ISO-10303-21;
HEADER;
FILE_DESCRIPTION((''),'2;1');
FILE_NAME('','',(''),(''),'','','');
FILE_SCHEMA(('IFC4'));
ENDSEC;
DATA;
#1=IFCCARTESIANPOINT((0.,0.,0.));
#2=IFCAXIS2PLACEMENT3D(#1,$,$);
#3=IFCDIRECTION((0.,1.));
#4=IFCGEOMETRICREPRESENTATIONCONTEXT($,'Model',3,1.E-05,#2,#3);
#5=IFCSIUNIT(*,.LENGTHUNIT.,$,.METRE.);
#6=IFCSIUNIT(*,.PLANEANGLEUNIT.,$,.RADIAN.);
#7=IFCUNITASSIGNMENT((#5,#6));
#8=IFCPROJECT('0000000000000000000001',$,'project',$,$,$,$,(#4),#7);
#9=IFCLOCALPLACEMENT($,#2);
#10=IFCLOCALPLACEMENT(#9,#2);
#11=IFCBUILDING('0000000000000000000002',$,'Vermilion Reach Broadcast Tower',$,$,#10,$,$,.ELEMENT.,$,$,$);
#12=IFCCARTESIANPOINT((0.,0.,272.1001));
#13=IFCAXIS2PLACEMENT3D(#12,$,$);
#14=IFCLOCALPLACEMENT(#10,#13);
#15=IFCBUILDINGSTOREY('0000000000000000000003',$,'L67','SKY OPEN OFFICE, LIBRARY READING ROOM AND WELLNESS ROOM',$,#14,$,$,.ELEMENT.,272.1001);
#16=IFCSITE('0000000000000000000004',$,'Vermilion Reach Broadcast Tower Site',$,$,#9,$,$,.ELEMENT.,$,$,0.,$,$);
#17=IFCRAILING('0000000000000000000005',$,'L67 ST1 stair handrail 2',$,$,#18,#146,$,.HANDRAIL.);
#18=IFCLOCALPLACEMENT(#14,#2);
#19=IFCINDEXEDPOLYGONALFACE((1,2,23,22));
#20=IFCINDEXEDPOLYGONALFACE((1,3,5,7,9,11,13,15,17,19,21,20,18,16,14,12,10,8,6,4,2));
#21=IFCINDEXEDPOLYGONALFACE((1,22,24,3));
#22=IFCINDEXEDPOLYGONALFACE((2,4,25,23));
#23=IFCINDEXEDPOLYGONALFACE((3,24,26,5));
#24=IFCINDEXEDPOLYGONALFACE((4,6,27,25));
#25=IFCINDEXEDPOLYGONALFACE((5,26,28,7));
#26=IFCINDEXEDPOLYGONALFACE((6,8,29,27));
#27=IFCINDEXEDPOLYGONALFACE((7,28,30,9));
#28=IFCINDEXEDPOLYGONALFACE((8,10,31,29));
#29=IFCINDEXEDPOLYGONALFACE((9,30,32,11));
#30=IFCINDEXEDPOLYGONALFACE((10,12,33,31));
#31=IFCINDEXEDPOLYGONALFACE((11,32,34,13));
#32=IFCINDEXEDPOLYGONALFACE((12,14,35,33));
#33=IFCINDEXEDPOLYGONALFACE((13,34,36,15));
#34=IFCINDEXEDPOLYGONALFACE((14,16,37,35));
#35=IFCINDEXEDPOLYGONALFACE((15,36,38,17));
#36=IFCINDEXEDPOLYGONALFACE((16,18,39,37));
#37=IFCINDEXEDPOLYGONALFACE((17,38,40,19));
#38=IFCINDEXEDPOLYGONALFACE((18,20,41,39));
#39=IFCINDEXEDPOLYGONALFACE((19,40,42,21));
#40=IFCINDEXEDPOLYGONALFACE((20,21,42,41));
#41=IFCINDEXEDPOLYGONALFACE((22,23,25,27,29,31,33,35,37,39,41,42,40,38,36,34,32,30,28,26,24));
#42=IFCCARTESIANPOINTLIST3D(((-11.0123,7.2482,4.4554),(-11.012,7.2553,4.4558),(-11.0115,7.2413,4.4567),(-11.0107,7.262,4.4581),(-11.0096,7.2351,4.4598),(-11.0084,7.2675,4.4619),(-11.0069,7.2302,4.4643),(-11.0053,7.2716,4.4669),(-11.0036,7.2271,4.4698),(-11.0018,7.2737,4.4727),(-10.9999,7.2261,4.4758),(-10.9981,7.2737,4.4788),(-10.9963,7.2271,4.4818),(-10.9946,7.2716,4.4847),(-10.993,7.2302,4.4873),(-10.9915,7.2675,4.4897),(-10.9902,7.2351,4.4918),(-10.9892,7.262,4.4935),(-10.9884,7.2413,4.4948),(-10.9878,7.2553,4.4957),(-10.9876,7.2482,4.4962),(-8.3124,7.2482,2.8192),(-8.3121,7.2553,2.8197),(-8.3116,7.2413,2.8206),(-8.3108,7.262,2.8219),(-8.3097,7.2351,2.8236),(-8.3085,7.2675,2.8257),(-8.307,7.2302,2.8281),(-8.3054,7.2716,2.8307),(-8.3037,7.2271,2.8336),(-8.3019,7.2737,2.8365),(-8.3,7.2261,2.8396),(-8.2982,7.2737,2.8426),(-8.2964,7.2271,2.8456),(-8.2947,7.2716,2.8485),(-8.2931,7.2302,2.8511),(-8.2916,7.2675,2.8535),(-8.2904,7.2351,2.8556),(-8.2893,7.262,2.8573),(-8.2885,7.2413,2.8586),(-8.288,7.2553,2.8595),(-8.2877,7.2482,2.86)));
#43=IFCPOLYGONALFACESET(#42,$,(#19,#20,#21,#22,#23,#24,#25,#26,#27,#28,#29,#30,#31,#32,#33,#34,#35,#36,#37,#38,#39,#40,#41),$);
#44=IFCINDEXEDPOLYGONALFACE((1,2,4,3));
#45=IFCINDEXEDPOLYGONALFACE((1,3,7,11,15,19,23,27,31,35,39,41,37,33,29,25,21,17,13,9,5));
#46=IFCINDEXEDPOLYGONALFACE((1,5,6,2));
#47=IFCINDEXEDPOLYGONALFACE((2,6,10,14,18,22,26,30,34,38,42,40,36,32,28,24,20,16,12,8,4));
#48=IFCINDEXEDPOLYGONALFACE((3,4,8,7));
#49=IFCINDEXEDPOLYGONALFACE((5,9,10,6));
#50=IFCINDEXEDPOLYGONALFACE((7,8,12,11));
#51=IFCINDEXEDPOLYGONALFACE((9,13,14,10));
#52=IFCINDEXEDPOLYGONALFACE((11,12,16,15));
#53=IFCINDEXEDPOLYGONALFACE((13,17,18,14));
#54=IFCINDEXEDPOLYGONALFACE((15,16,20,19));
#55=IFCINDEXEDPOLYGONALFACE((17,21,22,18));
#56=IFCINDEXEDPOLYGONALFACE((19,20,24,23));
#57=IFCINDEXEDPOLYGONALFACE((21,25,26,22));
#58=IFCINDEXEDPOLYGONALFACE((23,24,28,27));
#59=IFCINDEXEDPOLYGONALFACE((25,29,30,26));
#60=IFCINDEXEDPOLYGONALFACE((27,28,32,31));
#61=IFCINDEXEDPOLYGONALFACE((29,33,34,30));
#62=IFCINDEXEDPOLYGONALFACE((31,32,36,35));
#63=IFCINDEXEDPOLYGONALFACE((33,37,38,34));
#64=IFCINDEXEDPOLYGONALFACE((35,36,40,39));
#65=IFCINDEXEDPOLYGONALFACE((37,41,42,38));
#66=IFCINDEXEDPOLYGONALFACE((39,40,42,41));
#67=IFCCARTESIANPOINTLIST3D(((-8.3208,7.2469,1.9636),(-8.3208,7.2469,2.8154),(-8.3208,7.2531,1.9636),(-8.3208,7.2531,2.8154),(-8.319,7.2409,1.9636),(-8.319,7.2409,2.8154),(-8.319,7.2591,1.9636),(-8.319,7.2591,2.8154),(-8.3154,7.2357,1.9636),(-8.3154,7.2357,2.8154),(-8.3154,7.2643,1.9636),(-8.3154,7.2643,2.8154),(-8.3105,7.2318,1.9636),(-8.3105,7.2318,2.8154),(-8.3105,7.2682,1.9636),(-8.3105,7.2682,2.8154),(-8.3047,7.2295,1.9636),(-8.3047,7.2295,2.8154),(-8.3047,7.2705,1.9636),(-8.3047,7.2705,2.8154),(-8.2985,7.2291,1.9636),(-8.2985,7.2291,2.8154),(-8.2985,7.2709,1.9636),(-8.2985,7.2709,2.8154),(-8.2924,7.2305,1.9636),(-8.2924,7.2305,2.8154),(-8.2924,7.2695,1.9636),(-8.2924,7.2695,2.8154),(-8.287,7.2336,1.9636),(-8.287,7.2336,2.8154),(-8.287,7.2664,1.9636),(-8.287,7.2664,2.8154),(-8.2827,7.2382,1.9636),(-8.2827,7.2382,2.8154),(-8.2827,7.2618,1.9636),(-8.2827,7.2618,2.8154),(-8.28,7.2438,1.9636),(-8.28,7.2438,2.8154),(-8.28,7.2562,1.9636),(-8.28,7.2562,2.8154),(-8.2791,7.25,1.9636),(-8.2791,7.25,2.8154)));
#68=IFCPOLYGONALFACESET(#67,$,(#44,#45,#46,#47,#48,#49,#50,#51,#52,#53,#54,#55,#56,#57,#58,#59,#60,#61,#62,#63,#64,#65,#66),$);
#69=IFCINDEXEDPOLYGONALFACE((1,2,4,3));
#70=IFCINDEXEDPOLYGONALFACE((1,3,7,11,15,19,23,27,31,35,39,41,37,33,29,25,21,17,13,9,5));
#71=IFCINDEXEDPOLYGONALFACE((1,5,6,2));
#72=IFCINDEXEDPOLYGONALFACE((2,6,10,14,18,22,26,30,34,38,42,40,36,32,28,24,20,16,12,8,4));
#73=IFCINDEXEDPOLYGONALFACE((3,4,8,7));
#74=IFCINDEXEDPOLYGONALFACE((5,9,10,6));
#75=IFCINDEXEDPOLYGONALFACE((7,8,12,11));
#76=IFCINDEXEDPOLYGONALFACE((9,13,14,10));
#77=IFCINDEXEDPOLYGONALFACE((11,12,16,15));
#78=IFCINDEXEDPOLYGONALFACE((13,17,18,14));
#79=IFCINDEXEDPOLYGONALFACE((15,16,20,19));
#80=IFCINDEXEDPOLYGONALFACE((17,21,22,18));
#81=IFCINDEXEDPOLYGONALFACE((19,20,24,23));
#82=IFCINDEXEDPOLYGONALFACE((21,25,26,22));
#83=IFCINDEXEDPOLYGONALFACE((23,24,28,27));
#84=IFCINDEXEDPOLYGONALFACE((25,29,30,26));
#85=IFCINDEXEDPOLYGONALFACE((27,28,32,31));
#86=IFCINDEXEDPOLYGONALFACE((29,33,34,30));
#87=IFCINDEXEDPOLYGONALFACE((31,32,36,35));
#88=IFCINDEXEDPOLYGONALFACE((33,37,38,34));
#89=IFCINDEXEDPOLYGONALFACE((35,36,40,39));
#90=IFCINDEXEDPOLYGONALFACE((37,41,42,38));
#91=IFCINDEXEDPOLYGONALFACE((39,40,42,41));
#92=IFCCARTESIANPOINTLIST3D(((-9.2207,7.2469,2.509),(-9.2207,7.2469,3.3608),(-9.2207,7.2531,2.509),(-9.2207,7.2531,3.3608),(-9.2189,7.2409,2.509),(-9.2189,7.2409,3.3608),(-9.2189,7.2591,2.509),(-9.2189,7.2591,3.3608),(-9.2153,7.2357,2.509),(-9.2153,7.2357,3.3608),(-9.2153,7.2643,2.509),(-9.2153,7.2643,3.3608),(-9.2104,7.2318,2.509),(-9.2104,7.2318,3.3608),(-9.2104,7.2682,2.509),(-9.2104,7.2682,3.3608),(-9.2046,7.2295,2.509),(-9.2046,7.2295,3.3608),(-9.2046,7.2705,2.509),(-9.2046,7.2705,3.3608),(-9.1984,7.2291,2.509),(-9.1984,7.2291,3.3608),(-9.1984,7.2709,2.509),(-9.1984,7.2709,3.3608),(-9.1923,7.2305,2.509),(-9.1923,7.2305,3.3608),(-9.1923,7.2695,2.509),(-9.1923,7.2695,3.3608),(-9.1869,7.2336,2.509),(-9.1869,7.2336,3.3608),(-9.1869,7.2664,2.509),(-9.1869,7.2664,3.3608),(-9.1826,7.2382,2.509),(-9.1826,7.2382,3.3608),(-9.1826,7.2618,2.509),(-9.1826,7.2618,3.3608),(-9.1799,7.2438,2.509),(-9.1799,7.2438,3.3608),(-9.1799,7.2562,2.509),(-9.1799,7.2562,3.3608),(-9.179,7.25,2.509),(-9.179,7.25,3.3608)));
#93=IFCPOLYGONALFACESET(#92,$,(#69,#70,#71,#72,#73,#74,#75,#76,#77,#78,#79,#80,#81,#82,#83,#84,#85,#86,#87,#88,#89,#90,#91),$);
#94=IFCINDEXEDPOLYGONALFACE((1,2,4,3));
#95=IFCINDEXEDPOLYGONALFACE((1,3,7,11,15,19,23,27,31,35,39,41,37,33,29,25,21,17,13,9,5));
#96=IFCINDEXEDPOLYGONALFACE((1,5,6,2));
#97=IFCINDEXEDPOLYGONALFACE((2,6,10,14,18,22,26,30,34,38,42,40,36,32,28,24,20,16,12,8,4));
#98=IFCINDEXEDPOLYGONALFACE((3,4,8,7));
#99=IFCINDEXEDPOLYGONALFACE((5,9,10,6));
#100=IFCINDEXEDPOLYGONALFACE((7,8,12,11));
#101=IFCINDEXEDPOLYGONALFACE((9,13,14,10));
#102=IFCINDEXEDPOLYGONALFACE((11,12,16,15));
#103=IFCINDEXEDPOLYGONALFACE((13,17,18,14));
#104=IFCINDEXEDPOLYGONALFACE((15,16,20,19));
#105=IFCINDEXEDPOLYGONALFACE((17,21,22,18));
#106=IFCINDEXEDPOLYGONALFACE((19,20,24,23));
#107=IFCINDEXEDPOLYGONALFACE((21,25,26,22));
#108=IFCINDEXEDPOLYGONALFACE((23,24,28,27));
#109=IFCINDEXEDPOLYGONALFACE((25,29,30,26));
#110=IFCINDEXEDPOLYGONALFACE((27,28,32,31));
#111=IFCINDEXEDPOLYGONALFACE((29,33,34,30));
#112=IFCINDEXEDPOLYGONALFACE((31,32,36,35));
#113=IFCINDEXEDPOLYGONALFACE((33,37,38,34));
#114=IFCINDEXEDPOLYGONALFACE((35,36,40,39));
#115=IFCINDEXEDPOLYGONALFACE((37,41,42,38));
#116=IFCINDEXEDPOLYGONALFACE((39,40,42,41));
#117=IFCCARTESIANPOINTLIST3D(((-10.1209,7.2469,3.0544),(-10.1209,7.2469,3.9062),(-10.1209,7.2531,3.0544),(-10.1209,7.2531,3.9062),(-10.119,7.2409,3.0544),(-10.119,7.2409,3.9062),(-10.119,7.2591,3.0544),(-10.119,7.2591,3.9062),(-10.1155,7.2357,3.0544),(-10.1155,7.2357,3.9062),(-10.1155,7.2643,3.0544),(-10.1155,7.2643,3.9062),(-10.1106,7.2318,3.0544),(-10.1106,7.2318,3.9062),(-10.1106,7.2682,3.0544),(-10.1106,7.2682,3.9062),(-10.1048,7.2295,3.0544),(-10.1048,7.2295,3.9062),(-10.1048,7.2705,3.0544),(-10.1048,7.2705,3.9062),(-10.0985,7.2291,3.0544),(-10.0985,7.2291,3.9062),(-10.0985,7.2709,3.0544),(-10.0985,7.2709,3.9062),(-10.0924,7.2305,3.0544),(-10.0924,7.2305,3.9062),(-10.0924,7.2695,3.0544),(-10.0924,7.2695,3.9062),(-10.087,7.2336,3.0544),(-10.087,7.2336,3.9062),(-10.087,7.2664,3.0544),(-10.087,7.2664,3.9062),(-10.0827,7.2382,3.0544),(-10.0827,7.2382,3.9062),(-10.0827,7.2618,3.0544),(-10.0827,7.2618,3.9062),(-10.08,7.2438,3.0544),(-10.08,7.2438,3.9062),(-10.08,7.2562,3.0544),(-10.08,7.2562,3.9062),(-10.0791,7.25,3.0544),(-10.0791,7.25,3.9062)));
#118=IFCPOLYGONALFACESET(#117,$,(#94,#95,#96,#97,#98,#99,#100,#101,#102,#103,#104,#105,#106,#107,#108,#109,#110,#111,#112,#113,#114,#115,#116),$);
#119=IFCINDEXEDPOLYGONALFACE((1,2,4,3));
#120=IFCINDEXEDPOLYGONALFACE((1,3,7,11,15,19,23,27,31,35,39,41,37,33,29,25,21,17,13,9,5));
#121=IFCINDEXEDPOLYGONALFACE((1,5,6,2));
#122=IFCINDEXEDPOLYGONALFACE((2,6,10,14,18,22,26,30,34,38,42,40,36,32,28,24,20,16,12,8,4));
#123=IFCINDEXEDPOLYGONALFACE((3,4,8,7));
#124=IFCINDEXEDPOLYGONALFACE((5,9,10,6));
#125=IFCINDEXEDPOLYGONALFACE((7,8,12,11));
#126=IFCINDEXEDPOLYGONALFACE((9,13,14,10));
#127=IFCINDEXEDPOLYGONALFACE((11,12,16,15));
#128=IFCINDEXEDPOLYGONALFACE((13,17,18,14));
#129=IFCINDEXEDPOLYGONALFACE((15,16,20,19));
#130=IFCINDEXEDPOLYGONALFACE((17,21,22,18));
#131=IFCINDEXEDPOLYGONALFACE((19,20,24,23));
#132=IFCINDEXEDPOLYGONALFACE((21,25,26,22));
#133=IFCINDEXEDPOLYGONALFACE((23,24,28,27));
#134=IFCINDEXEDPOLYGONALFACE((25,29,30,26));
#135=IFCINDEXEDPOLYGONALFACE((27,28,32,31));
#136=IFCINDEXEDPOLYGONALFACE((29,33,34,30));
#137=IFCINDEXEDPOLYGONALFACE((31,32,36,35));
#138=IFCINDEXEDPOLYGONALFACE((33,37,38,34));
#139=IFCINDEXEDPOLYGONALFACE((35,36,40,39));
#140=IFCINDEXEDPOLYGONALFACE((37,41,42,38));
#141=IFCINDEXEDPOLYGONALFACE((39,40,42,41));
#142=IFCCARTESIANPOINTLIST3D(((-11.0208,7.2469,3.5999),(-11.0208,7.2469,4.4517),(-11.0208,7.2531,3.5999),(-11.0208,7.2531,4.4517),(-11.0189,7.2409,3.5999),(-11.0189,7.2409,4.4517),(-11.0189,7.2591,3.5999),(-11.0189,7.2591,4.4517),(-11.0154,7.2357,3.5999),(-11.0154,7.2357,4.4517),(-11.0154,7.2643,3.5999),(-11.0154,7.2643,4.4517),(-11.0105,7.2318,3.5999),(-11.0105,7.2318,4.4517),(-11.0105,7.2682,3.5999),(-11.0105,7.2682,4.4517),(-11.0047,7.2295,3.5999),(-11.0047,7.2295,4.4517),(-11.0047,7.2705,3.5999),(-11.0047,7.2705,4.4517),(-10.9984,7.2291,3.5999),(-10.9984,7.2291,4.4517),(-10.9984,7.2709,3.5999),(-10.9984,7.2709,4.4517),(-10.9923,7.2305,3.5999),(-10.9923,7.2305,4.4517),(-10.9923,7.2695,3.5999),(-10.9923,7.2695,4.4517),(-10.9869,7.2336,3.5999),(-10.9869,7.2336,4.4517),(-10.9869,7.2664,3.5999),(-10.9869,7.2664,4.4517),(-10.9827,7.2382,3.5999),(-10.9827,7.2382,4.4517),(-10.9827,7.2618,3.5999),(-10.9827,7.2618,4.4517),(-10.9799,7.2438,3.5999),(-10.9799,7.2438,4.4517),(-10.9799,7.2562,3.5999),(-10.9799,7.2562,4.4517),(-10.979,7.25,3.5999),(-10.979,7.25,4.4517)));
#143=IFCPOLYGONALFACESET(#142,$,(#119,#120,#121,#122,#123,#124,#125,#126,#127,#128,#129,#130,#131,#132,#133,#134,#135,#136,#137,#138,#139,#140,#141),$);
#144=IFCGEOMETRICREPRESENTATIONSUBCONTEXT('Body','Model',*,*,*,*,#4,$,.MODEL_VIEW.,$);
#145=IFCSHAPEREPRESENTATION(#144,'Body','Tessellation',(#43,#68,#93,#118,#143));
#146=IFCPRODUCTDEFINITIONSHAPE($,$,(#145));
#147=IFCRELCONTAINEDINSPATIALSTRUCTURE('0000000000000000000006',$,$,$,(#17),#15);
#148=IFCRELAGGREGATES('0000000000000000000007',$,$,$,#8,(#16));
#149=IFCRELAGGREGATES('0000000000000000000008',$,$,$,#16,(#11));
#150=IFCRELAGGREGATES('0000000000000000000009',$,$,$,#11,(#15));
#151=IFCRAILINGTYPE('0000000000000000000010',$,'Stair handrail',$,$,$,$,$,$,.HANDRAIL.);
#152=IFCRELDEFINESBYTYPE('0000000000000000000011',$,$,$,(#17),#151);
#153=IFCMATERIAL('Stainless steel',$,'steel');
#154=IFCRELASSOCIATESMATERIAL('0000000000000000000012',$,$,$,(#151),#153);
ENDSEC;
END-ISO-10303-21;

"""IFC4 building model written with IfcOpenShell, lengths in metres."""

from ifc_helpers import new_model, si_unit, direction, frame, origin, origin_2d, place, context, subcontext, project, spatial, circle, extrude, material, type_object, element, save


model = new_model("IFC4")

# Units and contexts
model_context = context("Model", 3, precision=1e-05, world=origin(), true_north=direction((0.0, 1.0)))
body_context = subcontext(model_context, "Body", "Model", "MODEL_VIEW")
ifc_project = project(units=[si_unit("LENGTHUNIT", "METRE"), si_unit("PLANEANGLEUNIT", "RADIAN")], contexts=[model_context])

# Site, building, storey
site_placement = place(None, origin())
site = spatial("IfcSite", under=ifc_project, at=site_placement, Name="Vermilion Reach Broadcast Tower Site", CompositionType="ELEMENT", RefElevation=0.0)
building_placement = place(site_placement, origin())
building = spatial("IfcBuilding", under=site, at=building_placement, Name="Vermilion Reach Broadcast Tower", CompositionType="ELEMENT")
storey_placement = place(building_placement, frame((0.0, 0.0, 272.1001)))
storey = spatial("IfcBuildingStorey", under=building, at=storey_placement, Name="L67", Description="SKY OPEN OFFICE, LIBRARY READING ROOM AND WELLNESS ROOM", CompositionType="ELEMENT", Elevation=272.1001)

# Railing
ifc_material_1 = material(Name="Stainless steel", Category="steel")
railing_type_1 = type_object("IfcRailingType", Name="Stair handrail", PredefinedType="HANDRAIL", material=ifc_material_1)
railing_1_placement = place(storey_placement, frame((-8.3, 7.25, 1.9636)))
element("IfcRailing", 1, at=railing_1_placement, inside=storey, type_object=railing_type_1, Name="L67 ST1 stair handrail 2", PredefinedType="HANDRAIL", context=body_context, shape_type="SweptSolid", body=[
    extrude(circle(Radius=0.0239, at=origin_2d()), frame((0.0, 0.0, 0.876), z_axis=(-0.855212, 0.0, 0.518278), x_axis=(0.0, -1.0, 0.0)), (0.0, 0.0, 1.0), 3.157),
    extrude(circle(Radius=0.021, at=origin_2d()), origin(), (0.0, 0.0, 1.0), 0.8518),
    extrude(circle(Radius=0.021, at=origin_2d()), frame((-0.8999, 0.0, 0.5454)), (0.0, 0.0, 1.0), 0.8518),
    extrude(circle(Radius=0.021, at=origin_2d()), frame((-1.8, 0.0, 1.0908)), (0.0, 0.0, 1.0), 0.8518),
    extrude(circle(Radius=0.021, at=origin_2d()), frame((-2.7, 0.0, 1.6362)), (0.0, 0.0, 1.0), 0.8518),
])

save(model, "model.ifc")
